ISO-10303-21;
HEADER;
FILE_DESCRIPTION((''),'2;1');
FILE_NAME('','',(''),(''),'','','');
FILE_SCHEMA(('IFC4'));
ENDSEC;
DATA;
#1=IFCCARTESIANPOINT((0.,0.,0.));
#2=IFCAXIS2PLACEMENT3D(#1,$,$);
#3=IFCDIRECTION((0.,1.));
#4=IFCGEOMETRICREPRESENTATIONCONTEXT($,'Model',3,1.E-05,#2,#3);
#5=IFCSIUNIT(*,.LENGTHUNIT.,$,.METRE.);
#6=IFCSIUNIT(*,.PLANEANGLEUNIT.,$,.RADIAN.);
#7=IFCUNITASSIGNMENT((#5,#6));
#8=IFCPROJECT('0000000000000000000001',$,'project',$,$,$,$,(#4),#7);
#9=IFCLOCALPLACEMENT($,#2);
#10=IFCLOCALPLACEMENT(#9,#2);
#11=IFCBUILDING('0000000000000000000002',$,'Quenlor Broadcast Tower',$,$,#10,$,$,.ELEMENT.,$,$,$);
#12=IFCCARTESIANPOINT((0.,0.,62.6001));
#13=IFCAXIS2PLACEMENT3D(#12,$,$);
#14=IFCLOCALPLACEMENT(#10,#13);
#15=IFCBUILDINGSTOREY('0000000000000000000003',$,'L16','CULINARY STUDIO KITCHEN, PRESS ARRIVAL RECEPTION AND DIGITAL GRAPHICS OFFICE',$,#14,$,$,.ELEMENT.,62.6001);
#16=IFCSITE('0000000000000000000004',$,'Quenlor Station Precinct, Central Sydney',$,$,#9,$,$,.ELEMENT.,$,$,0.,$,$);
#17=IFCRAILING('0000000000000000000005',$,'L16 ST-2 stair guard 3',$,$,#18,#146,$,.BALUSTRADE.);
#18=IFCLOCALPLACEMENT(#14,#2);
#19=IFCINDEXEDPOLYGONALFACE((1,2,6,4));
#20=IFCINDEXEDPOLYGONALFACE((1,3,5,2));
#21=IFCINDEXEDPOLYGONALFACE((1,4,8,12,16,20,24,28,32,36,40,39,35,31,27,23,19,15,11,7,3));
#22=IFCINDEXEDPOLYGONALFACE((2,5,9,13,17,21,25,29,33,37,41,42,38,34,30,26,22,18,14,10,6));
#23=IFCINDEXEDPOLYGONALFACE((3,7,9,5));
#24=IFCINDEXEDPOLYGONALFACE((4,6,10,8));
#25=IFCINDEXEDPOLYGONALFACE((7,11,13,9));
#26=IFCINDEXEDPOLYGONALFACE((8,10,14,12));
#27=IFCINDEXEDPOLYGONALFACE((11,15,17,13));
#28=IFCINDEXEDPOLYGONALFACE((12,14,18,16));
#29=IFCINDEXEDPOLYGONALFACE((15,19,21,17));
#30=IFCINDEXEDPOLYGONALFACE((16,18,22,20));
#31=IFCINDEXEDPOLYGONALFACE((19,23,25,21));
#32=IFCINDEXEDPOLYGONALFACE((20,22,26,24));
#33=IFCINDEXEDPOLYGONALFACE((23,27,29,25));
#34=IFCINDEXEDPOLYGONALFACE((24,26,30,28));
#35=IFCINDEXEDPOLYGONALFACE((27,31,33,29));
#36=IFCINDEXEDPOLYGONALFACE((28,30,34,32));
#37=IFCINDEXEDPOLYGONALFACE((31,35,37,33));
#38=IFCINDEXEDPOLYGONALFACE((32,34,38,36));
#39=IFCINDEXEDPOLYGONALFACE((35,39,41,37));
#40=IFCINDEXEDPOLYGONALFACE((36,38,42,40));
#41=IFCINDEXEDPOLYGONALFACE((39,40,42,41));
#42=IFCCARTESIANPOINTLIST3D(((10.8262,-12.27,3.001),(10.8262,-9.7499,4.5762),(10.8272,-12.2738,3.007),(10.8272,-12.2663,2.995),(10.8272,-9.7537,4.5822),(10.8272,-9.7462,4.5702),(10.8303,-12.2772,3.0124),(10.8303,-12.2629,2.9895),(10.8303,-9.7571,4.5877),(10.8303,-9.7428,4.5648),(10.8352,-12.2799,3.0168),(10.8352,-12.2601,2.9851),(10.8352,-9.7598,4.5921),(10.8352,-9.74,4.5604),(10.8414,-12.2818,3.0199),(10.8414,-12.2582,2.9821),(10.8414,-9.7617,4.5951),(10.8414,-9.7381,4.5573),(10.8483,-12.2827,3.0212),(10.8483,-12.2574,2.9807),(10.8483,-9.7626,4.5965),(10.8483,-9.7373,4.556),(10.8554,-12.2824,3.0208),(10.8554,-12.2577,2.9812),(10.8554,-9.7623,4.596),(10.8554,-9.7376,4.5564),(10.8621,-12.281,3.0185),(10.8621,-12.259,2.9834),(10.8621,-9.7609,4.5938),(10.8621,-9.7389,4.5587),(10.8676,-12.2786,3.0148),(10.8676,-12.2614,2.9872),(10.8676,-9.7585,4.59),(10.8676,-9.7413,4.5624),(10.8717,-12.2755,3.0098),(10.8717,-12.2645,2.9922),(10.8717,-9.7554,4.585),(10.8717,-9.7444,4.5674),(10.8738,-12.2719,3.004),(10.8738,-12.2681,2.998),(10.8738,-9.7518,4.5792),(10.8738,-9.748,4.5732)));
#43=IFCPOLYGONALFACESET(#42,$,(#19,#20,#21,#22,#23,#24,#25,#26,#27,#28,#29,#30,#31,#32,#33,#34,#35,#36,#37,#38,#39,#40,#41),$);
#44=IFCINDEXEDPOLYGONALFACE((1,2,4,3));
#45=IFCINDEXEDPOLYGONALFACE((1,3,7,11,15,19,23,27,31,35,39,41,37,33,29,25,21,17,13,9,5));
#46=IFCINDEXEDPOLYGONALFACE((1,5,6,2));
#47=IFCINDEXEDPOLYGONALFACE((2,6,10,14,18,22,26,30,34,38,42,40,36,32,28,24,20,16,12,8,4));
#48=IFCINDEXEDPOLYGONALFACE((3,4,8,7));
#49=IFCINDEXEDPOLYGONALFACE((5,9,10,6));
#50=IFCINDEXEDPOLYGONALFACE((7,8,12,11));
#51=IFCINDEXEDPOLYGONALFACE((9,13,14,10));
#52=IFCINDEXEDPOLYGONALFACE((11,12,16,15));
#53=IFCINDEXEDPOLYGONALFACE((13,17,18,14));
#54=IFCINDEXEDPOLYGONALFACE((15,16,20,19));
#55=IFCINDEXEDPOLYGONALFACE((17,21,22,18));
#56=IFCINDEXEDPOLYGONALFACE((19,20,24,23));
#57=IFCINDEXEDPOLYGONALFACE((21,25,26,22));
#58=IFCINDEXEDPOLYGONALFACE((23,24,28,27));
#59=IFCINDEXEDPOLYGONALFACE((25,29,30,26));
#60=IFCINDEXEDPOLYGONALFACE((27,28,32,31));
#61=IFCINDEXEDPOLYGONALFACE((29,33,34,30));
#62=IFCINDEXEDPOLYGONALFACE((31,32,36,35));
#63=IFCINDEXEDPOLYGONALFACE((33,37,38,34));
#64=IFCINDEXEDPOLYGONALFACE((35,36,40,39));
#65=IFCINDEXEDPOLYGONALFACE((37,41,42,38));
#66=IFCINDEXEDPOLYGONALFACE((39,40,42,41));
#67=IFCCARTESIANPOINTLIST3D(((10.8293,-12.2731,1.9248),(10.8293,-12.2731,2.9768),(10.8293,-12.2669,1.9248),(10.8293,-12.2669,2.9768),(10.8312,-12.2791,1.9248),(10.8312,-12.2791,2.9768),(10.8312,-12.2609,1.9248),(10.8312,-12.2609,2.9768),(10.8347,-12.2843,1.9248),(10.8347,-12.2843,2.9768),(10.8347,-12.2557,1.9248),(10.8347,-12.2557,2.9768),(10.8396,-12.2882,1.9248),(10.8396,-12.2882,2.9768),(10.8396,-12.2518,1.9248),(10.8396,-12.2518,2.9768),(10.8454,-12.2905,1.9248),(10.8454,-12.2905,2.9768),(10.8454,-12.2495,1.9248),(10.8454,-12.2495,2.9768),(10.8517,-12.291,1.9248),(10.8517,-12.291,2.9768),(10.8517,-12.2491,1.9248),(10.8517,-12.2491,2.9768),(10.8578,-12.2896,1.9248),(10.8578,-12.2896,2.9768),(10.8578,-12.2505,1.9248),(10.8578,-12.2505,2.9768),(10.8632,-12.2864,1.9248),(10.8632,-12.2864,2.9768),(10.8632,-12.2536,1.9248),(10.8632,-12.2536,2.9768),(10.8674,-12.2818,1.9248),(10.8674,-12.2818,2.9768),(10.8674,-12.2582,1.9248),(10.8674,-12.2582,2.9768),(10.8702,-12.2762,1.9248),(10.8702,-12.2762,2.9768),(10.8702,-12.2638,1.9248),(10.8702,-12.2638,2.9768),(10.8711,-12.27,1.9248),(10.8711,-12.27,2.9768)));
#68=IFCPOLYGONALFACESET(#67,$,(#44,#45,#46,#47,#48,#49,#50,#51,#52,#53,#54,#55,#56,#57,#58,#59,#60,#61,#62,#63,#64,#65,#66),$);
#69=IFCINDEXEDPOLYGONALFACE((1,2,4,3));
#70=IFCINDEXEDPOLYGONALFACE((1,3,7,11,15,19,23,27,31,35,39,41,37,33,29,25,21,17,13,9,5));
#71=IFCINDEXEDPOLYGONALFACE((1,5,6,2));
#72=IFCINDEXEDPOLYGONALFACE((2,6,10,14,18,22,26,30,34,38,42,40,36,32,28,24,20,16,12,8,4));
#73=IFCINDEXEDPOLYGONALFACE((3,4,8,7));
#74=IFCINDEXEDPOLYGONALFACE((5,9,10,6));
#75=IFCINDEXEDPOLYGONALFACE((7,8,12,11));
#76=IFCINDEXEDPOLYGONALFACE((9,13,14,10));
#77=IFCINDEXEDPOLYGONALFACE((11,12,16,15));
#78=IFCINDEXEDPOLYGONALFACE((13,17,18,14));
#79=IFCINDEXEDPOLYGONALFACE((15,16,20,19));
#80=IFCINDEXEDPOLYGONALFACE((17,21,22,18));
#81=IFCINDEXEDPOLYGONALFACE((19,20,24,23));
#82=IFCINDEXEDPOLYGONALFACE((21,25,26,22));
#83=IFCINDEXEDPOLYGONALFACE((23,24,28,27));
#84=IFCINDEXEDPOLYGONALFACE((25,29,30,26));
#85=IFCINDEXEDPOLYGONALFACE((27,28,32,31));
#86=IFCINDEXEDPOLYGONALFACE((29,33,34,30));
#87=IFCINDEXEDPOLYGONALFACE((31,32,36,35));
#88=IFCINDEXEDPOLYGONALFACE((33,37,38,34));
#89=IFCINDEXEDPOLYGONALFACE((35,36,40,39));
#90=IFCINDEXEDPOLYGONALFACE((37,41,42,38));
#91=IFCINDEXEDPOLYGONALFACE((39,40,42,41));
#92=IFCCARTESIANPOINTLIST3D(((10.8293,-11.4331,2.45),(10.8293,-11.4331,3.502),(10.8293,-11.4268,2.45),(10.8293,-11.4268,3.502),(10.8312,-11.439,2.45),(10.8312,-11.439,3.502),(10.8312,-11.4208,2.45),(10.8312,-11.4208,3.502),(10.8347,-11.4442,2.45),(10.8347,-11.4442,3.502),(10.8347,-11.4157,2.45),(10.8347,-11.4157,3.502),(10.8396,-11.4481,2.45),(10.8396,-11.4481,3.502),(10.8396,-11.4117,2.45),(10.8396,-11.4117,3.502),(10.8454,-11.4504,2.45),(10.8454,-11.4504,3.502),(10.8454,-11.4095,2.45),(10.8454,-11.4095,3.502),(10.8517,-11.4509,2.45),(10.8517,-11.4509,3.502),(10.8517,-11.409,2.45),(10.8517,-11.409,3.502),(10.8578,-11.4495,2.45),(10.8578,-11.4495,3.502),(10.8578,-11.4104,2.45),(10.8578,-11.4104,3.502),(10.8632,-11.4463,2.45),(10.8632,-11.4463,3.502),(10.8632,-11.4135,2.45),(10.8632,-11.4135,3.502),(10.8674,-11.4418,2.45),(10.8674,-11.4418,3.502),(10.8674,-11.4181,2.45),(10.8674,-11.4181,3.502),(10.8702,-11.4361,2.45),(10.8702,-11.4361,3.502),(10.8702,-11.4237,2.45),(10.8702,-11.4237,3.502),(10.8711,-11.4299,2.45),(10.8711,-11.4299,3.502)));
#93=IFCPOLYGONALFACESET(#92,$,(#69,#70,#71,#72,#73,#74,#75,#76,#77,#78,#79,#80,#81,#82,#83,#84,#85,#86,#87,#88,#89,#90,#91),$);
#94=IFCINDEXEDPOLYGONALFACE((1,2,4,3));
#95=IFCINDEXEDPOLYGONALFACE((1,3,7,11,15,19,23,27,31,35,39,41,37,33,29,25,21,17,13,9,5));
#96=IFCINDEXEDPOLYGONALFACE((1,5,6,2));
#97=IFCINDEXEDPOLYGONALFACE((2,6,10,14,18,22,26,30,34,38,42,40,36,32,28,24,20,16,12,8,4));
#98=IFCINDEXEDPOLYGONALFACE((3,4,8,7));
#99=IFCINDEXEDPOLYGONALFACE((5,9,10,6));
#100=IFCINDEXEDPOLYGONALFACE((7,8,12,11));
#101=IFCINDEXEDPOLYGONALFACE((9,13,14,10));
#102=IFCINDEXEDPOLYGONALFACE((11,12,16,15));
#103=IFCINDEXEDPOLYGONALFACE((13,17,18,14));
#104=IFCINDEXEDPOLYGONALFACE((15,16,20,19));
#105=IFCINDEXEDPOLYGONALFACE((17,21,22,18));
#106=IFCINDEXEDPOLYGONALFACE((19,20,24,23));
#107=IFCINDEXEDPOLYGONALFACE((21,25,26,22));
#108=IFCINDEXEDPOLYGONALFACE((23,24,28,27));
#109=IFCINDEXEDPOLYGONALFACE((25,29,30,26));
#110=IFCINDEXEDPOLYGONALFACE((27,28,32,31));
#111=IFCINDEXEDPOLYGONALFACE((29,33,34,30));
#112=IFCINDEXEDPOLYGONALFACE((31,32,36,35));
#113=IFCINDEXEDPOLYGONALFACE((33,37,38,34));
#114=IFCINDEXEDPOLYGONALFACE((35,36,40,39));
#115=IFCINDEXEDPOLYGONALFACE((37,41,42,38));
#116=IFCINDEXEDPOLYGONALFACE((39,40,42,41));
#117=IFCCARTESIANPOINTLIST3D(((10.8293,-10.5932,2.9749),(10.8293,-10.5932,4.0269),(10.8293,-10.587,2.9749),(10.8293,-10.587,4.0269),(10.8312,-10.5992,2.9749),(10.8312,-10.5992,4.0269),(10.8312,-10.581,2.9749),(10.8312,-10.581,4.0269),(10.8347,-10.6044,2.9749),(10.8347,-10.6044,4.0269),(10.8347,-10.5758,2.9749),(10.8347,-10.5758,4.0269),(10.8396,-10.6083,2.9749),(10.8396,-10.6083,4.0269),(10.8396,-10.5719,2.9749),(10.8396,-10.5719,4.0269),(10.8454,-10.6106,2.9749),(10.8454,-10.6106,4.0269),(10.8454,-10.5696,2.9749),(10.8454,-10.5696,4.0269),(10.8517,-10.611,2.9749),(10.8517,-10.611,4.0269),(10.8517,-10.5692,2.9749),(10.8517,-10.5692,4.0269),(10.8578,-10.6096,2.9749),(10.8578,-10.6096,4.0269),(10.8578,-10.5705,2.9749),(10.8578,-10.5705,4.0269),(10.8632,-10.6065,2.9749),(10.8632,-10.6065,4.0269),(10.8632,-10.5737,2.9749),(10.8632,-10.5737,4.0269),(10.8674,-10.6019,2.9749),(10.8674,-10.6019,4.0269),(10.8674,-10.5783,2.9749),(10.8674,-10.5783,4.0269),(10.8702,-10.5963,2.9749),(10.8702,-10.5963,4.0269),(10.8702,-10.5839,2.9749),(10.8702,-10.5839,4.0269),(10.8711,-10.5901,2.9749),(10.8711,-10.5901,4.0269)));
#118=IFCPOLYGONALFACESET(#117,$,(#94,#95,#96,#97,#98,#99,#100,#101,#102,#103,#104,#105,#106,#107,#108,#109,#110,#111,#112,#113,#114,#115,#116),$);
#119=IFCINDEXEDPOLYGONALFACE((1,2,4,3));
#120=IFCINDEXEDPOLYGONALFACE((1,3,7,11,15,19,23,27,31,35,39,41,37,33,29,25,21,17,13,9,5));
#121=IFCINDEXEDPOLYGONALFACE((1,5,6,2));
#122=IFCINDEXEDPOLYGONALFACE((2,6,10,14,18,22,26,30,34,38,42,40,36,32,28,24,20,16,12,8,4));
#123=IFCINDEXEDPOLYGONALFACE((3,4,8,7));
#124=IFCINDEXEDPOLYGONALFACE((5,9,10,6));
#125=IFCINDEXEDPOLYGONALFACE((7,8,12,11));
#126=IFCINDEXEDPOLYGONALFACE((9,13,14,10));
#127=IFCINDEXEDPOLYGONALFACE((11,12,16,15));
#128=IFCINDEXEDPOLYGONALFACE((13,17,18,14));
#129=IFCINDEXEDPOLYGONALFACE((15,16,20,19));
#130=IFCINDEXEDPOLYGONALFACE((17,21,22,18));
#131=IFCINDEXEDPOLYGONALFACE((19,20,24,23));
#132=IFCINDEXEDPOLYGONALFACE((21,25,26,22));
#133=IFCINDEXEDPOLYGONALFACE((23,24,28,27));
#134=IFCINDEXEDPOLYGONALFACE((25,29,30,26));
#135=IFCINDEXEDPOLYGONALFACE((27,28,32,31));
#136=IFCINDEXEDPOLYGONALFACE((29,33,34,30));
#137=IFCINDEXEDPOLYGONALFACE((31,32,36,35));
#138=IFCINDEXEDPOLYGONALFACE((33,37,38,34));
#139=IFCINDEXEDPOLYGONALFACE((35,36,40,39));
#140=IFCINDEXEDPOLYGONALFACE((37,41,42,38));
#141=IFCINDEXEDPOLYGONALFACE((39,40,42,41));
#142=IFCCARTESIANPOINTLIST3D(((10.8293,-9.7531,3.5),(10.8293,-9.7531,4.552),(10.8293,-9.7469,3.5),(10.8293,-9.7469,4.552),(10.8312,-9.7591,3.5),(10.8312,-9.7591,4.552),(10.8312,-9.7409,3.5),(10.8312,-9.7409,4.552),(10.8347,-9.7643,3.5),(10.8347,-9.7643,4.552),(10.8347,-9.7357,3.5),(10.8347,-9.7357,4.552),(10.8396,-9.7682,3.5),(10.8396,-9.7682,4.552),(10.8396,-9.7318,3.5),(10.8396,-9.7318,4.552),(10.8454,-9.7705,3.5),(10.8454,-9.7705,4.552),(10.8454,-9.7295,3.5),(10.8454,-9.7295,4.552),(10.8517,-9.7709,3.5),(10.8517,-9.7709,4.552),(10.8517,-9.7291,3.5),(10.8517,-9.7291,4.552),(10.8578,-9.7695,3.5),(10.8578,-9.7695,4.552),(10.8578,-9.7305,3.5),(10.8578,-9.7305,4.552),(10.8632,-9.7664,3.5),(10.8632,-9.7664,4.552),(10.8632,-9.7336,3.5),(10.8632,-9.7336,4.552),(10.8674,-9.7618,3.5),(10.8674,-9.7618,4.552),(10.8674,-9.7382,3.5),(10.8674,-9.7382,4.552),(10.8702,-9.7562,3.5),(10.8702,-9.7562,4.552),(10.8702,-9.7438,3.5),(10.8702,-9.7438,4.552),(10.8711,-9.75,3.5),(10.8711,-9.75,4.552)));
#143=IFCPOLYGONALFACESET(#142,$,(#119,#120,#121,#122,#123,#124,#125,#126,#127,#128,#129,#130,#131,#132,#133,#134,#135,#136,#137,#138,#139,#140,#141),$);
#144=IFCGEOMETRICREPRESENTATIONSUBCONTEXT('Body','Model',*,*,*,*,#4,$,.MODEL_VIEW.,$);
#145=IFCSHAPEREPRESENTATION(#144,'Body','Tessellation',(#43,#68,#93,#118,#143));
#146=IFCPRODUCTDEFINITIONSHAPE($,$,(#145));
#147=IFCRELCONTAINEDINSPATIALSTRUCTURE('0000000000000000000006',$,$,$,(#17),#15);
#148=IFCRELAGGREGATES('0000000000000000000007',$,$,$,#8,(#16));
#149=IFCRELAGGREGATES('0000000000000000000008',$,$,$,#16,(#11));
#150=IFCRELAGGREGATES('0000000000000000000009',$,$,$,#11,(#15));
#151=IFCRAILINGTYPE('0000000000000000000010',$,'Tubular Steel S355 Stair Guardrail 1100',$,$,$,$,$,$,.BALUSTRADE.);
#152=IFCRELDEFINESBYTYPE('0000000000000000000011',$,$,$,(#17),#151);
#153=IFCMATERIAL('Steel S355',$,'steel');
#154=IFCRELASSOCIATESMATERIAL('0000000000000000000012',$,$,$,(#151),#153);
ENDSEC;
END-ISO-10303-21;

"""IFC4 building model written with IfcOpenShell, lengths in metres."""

from ifc_helpers import new_model, si_unit, direction, frame, origin, origin_2d, place, context, subcontext, project, spatial, circle, extrude, material, type_object, element, save


model = new_model("IFC4")

# Units and contexts
model_context = context("Model", 3, precision=1e-05, world=origin(), true_north=direction((0.0, 1.0)))
body_context = subcontext(model_context, "Body", "Model", "MODEL_VIEW")
ifc_project = project(units=[si_unit("LENGTHUNIT", "METRE"), si_unit("PLANEANGLEUNIT", "RADIAN")], contexts=[model_context])

# Site, building, storey
site_placement = place(None, origin())
site = spatial("IfcSite", under=ifc_project, at=site_placement, Name="Quenlor Station Precinct, Central Sydney", CompositionType="ELEMENT", RefElevation=0.0)
building_placement = place(site_placement, origin())
building = spatial("IfcBuilding", under=site, at=building_placement, Name="Quenlor Broadcast Tower", CompositionType="ELEMENT")
storey_placement = place(building_placement, frame((0.0, 0.0, 62.6001)))
storey = spatial("IfcBuildingStorey", under=building, at=storey_placement, Name="L16", Description="CULINARY STUDIO KITCHEN, PRESS ARRIVAL RECEPTION AND DIGITAL GRAPHICS OFFICE", CompositionType="ELEMENT", Elevation=62.6001)

# Railing
ifc_material_1 = material(Name="Steel S355", Category="steel")
railing_type_1 = type_object("IfcRailingType", Name="Tubular Steel S355 Stair Guardrail 1100", PredefinedType="BALUSTRADE", material=ifc_material_1)
railing_1_placement = place(storey_placement, frame((10.8501, -12.27, 1.9248)))
element("IfcRailing", 1, at=railing_1_placement, inside=storey, type_object=railing_type_1, Name="L16 ST-2 stair guard 3", PredefinedType="BALUSTRADE", context=body_context, shape_type="SweptSolid", body=[
    extrude(circle(Radius=0.0239, at=origin_2d()), frame((0.0, 0.0, 1.0762), z_axis=(0.0, 0.847971, 0.530043), x_axis=(-1.0, 0.0, 0.0)), (0.0, 0.0, 1.0), 2.9719),
    extrude(circle(Radius=0.021, at=origin_2d()), origin(), (0.0, 0.0, 1.0), 1.052),
    extrude(circle(Radius=0.021, at=origin_2d()), frame((0.0, 0.8401, 0.5251)), (0.0, 0.0, 1.0), 1.052),
    extrude(circle(Radius=0.021, at=origin_2d()), frame((0.0, 1.6799, 1.05)), (0.0, 0.0, 1.0), 1.052),
    extrude(circle(Radius=0.021, at=origin_2d()), frame((0.0, 2.52, 1.5752)), (0.0, 0.0, 1.0), 1.052),
])

save(model, "model.ifc")
